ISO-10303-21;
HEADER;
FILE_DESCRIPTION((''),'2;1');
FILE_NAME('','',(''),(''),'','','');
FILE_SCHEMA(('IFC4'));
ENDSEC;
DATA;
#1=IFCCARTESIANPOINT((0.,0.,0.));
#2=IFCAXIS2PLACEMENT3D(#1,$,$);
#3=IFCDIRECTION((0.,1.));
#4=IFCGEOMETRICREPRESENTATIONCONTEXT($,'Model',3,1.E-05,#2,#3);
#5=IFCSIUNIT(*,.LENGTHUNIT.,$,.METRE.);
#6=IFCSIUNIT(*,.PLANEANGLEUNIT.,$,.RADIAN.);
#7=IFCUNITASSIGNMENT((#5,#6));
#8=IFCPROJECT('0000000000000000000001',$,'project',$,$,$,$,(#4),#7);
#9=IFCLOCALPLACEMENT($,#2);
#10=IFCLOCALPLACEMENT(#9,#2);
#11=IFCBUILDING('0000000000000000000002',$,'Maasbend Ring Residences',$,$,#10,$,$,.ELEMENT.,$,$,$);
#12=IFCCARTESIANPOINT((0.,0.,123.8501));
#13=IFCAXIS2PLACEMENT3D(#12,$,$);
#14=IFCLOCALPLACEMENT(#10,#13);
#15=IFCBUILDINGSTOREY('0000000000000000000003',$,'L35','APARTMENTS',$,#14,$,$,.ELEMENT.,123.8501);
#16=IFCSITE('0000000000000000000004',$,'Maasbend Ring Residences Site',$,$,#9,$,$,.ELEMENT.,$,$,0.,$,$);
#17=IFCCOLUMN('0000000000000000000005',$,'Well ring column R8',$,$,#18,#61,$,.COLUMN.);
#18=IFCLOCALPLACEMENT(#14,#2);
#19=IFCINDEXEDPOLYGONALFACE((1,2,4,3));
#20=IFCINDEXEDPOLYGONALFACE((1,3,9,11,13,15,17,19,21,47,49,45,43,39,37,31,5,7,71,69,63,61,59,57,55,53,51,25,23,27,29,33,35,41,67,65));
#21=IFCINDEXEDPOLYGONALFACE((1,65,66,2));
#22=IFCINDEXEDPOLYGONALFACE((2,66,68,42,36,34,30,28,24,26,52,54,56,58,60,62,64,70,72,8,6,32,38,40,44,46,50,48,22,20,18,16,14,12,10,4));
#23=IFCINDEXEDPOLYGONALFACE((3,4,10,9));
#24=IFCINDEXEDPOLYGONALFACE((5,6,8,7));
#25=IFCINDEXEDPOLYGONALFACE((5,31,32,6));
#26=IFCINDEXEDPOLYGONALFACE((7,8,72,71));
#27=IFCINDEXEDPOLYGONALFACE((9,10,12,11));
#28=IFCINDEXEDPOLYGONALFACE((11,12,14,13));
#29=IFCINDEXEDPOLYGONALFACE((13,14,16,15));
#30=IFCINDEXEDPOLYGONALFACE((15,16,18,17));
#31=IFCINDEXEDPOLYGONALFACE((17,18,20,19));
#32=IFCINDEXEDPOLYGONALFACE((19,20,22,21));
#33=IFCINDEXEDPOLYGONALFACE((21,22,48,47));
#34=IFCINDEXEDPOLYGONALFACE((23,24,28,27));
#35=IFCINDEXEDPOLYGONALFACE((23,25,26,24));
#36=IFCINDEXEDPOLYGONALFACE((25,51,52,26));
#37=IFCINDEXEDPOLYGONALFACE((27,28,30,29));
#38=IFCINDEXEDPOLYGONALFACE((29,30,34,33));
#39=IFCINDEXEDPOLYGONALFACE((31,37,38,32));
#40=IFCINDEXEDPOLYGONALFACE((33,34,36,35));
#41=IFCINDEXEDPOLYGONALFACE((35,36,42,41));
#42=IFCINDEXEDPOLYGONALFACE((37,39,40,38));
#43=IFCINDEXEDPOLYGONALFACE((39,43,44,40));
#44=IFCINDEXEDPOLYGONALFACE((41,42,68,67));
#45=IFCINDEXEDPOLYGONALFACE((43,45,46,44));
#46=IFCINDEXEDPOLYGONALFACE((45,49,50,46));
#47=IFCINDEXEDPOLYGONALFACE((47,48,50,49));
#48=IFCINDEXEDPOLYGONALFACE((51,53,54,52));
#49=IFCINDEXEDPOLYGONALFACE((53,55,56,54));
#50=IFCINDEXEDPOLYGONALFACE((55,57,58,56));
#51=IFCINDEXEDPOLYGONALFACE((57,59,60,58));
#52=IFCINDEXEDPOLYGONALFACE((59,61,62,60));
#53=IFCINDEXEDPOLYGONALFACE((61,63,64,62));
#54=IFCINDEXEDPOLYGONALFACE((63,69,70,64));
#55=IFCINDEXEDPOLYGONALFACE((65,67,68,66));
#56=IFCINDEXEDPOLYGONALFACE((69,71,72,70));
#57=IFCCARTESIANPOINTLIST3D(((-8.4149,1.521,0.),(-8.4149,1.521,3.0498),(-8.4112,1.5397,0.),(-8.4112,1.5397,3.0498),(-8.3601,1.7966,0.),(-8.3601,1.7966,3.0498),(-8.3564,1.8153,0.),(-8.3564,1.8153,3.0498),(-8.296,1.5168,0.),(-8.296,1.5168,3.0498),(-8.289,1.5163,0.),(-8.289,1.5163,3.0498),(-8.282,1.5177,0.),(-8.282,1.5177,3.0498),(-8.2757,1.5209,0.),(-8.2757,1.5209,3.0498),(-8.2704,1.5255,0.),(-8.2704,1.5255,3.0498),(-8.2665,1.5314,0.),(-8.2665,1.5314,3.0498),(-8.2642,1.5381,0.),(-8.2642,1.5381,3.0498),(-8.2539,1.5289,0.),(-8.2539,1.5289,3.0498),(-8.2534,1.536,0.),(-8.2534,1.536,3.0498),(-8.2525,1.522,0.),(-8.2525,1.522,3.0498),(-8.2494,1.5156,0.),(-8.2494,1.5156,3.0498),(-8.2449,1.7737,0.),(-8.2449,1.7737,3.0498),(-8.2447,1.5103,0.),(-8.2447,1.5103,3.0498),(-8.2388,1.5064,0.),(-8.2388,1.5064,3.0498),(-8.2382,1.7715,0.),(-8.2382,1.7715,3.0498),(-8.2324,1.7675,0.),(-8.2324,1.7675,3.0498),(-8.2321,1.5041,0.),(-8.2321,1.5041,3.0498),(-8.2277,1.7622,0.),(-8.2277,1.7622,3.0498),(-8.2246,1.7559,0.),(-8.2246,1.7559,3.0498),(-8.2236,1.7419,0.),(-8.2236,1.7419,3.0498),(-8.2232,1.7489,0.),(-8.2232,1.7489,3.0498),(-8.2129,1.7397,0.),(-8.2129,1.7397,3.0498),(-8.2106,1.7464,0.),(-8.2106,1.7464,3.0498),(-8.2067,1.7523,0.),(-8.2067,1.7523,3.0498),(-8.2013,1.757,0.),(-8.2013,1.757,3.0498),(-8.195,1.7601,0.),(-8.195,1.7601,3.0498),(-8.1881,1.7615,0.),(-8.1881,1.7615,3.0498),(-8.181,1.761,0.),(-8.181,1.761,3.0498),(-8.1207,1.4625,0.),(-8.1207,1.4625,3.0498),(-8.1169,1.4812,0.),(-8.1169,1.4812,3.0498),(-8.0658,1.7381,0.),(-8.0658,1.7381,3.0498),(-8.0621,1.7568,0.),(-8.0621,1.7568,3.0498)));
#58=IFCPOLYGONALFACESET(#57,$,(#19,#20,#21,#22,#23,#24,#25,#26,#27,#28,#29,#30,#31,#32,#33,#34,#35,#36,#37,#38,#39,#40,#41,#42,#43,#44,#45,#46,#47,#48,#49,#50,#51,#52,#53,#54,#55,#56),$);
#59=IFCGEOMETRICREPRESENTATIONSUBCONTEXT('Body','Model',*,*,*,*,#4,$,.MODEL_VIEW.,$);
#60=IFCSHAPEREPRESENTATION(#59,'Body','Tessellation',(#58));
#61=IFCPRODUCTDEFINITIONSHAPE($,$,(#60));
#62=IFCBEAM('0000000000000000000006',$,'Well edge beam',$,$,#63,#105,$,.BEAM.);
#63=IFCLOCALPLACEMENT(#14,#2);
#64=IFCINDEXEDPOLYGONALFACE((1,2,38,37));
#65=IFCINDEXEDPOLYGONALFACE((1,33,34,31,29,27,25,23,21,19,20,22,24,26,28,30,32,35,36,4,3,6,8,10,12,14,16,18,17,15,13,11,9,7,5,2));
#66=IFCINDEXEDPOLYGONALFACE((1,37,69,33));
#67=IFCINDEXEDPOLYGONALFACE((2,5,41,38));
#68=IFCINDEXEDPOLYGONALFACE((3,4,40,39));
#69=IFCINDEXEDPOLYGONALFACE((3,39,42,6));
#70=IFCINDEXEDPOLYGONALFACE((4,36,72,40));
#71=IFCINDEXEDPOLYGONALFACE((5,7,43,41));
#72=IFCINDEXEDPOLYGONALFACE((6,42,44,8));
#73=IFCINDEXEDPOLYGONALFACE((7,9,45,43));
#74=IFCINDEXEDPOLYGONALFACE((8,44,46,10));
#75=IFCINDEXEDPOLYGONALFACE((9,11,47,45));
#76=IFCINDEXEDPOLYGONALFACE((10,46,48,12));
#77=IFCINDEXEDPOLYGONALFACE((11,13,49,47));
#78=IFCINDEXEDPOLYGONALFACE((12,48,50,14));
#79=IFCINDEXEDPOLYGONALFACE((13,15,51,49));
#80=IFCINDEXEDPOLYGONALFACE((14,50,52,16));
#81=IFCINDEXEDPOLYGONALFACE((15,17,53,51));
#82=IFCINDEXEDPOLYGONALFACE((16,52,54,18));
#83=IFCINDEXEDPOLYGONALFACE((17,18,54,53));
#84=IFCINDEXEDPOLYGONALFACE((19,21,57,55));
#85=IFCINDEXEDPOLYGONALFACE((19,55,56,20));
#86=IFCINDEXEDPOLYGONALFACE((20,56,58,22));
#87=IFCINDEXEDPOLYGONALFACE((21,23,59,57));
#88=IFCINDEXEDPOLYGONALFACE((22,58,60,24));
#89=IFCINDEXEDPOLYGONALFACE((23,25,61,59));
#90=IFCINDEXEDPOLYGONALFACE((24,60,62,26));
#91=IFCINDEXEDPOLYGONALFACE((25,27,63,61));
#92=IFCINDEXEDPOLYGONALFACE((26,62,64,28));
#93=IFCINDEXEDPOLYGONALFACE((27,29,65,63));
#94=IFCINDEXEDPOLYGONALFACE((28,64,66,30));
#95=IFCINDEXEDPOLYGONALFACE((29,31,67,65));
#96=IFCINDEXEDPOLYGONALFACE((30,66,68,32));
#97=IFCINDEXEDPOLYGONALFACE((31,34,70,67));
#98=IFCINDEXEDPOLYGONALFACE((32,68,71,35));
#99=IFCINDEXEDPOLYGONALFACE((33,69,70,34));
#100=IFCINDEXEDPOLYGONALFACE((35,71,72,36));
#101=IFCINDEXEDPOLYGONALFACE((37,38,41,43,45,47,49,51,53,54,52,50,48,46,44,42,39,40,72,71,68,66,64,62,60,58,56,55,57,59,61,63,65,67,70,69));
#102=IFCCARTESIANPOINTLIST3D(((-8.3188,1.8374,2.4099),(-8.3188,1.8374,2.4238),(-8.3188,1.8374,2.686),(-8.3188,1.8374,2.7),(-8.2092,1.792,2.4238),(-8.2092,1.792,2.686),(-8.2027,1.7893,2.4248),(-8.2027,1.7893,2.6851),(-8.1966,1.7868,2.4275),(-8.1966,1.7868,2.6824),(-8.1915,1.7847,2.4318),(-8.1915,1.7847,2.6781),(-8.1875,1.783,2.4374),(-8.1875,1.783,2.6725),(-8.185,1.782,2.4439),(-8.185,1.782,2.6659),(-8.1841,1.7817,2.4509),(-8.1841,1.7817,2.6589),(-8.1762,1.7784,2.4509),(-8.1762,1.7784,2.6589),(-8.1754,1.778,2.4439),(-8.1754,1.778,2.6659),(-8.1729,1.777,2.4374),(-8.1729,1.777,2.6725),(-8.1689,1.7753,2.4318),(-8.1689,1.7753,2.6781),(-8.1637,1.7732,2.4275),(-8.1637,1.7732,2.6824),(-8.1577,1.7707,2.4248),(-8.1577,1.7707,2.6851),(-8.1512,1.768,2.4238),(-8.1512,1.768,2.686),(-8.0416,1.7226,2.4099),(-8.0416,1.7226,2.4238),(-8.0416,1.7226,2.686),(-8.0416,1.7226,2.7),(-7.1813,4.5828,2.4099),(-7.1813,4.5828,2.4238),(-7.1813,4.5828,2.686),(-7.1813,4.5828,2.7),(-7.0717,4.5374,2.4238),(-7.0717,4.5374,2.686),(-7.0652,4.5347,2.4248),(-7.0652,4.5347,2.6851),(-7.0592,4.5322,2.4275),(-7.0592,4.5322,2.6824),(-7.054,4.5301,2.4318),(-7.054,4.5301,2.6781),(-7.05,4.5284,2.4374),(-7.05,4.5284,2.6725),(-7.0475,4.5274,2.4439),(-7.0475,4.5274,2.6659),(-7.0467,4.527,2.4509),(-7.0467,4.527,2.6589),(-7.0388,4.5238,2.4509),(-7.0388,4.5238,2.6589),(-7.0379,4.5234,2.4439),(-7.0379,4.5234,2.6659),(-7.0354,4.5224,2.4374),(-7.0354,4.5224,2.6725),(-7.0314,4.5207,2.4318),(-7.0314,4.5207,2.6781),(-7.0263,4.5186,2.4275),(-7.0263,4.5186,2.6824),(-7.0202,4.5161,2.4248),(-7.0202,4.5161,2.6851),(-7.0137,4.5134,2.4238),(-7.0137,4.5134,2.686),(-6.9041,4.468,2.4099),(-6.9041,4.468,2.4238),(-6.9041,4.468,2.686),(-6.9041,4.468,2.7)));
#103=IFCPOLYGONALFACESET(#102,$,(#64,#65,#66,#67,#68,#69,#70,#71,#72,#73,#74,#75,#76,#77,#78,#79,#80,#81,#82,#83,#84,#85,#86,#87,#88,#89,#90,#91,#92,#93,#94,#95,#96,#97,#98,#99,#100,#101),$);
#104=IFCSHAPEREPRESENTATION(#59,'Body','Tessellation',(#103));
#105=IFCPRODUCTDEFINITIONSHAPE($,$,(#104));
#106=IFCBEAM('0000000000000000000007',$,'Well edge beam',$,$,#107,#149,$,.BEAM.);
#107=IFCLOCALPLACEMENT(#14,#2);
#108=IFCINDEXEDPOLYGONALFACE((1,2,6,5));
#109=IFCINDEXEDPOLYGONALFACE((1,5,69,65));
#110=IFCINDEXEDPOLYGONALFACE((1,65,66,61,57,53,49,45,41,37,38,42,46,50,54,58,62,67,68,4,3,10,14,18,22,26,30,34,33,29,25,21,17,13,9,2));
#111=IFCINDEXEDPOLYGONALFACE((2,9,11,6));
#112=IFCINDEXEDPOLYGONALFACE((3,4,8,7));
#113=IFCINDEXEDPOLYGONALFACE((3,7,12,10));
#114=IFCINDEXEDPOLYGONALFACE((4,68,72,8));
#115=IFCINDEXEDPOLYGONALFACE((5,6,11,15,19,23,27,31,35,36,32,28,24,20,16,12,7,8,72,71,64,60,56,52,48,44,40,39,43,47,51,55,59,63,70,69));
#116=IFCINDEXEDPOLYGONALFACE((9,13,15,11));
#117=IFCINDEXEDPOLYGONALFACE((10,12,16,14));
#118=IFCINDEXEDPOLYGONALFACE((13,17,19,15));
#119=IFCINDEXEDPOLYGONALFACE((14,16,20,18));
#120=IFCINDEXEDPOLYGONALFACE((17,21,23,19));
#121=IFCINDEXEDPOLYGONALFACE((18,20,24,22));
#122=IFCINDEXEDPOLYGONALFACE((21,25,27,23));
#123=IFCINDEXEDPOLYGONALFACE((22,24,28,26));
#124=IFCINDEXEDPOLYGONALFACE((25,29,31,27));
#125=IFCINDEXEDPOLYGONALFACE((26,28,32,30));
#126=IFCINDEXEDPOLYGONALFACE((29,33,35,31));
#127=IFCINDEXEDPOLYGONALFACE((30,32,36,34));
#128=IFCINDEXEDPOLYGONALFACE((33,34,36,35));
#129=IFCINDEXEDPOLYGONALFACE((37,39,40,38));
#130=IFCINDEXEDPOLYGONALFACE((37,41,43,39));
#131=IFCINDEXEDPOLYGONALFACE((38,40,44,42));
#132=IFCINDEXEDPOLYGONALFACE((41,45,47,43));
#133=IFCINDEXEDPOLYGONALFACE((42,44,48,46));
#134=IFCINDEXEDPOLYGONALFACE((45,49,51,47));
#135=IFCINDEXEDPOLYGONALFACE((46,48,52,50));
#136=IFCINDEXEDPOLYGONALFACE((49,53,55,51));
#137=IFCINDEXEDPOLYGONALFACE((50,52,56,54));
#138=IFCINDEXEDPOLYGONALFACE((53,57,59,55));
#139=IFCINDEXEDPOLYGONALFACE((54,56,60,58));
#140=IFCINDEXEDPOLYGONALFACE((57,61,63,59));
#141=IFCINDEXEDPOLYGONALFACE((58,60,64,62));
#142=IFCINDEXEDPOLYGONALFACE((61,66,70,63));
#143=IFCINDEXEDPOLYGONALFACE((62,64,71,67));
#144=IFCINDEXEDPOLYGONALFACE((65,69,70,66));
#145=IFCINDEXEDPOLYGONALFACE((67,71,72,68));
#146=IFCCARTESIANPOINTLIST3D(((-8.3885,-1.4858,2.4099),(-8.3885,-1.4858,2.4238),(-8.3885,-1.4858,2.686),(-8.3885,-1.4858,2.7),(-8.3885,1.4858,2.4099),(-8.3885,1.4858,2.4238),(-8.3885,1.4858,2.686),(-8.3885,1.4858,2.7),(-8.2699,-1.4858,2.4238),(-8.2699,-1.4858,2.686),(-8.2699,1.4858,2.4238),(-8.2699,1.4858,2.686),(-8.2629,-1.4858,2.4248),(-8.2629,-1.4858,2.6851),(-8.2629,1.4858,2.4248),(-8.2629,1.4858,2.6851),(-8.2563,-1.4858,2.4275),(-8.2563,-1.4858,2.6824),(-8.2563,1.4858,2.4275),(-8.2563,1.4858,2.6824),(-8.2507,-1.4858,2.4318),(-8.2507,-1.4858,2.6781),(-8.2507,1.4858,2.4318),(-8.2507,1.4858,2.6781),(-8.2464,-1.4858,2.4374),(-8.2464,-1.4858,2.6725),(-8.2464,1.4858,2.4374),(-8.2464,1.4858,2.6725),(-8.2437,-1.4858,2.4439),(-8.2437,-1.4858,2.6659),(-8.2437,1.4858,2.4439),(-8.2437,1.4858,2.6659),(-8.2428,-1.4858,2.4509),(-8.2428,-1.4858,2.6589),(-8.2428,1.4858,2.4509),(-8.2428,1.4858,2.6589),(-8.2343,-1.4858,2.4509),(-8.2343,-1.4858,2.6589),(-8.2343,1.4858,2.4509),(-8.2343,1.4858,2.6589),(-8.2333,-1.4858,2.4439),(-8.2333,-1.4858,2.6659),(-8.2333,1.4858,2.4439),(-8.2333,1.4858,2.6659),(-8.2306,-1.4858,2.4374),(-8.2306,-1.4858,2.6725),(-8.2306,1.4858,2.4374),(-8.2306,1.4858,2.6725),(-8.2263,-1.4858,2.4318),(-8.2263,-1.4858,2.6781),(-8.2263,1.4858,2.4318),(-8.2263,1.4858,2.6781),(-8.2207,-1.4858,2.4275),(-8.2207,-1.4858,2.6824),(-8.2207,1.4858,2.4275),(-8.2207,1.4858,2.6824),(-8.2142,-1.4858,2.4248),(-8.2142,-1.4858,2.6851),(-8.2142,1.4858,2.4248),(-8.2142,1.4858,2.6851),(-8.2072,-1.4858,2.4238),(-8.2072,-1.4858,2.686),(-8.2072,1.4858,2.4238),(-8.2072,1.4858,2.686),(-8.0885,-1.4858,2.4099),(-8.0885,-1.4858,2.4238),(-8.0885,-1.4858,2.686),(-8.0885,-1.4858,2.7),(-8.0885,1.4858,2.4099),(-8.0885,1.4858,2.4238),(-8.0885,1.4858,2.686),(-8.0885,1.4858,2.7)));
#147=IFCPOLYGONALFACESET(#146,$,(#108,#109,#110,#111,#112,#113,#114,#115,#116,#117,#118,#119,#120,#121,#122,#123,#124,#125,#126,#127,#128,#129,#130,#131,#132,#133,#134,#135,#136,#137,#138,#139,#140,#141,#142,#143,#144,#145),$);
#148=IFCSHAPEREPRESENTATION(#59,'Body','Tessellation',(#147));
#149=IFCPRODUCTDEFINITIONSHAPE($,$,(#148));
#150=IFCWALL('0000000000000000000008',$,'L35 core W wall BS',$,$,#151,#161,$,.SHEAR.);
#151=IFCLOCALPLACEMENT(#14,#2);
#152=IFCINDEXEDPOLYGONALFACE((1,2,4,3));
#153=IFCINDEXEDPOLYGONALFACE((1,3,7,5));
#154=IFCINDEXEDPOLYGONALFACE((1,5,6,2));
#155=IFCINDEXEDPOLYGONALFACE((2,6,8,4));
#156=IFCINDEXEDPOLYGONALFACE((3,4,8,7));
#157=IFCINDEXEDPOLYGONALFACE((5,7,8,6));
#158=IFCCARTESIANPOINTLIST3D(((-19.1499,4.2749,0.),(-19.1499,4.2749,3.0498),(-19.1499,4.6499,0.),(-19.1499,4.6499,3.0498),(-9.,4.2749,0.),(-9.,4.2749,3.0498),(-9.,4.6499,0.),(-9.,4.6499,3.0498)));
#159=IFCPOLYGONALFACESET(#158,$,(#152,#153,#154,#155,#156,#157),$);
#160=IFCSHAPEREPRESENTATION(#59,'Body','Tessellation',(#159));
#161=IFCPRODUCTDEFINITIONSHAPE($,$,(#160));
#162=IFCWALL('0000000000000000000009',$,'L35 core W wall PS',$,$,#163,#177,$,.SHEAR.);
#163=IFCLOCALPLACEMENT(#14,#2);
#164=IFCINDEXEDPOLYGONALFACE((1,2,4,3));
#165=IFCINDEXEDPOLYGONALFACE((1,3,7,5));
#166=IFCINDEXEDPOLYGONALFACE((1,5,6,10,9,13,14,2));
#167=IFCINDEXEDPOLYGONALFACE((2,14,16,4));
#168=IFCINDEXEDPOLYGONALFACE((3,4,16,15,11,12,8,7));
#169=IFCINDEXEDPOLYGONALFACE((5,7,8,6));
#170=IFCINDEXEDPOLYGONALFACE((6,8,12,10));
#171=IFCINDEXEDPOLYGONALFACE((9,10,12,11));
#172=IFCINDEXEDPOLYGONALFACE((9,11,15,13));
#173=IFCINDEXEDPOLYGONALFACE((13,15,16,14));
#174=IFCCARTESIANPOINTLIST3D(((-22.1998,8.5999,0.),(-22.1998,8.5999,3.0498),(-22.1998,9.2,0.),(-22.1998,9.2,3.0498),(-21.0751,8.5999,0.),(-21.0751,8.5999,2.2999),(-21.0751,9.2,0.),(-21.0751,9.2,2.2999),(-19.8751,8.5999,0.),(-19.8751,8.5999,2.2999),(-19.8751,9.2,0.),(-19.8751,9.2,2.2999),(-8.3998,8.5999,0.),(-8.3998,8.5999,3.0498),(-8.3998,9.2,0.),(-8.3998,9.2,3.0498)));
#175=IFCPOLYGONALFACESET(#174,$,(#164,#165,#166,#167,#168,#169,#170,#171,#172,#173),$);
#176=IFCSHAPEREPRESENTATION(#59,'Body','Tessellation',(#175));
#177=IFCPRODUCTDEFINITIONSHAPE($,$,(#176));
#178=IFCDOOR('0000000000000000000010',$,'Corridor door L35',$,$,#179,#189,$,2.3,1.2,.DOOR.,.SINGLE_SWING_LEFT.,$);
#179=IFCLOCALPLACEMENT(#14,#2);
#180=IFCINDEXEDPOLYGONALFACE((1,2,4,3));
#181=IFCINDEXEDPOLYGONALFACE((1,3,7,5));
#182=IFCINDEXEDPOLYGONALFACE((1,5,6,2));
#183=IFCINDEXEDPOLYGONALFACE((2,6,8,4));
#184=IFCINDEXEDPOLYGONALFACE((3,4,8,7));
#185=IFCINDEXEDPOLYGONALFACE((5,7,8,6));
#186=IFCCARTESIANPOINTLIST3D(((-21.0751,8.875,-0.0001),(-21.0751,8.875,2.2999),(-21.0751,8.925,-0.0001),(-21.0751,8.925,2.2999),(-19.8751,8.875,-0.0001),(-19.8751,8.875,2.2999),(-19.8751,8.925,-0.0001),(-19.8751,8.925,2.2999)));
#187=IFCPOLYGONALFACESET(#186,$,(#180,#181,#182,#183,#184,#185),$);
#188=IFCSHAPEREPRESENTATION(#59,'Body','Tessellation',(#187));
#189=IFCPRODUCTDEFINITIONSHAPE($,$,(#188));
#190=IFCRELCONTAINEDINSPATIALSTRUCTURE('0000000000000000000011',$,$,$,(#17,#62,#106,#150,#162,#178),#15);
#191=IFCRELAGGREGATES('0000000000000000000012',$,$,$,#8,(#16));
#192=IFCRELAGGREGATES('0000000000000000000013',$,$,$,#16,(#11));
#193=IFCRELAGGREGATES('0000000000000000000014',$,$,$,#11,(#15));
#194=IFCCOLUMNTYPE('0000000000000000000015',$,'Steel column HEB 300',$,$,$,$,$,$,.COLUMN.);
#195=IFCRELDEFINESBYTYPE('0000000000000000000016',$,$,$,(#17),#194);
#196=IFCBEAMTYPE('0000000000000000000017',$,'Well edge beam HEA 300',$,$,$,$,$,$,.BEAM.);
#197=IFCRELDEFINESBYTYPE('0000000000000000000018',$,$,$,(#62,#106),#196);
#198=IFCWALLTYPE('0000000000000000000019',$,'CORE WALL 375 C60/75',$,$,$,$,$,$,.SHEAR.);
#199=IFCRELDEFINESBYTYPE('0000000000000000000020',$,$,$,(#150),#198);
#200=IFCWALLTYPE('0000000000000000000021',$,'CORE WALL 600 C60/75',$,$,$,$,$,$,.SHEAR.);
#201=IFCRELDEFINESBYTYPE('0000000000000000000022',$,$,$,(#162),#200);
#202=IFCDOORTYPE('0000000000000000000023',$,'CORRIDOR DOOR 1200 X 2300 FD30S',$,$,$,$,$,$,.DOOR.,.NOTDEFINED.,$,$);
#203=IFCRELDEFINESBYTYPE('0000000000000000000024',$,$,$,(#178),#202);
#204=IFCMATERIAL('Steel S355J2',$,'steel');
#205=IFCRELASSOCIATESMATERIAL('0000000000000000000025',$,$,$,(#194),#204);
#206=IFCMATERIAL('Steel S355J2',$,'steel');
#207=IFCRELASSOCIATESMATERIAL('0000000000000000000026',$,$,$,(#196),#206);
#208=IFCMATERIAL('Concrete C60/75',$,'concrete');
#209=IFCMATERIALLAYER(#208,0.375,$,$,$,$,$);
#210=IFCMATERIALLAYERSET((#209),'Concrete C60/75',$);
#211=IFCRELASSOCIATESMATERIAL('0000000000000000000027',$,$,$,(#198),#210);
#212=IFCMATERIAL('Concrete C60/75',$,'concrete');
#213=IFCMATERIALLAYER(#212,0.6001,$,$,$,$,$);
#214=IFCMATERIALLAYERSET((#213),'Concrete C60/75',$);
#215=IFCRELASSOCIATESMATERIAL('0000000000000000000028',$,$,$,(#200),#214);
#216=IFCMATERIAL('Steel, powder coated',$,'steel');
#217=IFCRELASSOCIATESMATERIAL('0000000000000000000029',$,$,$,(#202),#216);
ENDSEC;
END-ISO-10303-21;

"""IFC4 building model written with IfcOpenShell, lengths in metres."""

from ifc_helpers import new_model, si_unit, direction, frame, frame_2d, origin, origin_2d, place, context, subcontext, project, spatial, rectangle, i_section, extrude, material, layer, layer_set, material_profile, profile_set, type_object, element, fill, save


model = new_model("IFC4")

# Units and contexts
model_context = context("Model", 3, precision=1e-05, world=origin(), true_north=direction((0.0, 1.0)))
body_context = subcontext(model_context, "Body", "Model", "MODEL_VIEW")
ifc_project = project(units=[si_unit("LENGTHUNIT", "METRE"), si_unit("PLANEANGLEUNIT", "RADIAN")], contexts=[model_context])

# Site, building, storey
site_placement = place(None, origin())
site = spatial("IfcSite", under=ifc_project, at=site_placement, Name="Maasbend Ring Residences Site", CompositionType="ELEMENT", RefElevation=0.0)
building_placement = place(site_placement, origin())
building = spatial("IfcBuilding", under=site, at=building_placement, Name="Maasbend Ring Residences", CompositionType="ELEMENT")
storey_placement = place(building_placement, frame((0.0, 0.0, 123.8501)))
storey = spatial("IfcBuildingStorey", under=building, at=storey_placement, Name="L35", Description="APARTMENTS", CompositionType="ELEMENT", Elevation=123.8501)

# Column
ifc_material_1 = material(Name="Steel S355J2", Category="steel")
ifc_material_profile_1 = material_profile(ifc_material_1, i_section(OverallWidth=0.3, OverallDepth=0.3, WebThickness=0.011, FlangeThickness=0.019, FilletRadius=0.0271, at=origin_2d()), Name="HEB 300")
ifc_profile_set_1 = profile_set([ifc_material_profile_1], Name="Steel S355J2")
column_type = type_object("IfcColumnType", Name="Steel column HEB 300", PredefinedType="COLUMN", material=ifc_profile_set_1)
column_placement = place(storey_placement, frame((-8.2385, 1.6389, 0.0), z_axis=(0.0, 0.0, 1.0), x_axis=(-0.980785, 0.19509, 0.0)))
element("IfcColumn", 1, at=column_placement, inside=storey, type_object=column_type, Name="Well ring column R8", PredefinedType="COLUMN", context=body_context, shape_type="SweptSolid", body=[
    extrude(i_section(OverallWidth=0.3, OverallDepth=0.3, WebThickness=0.011, FlangeThickness=0.019, FilletRadius=0.0271, at=origin_2d()), origin(), (0.0, 0.0, 1.0), 3.0498),
])

# Beams
ifc_material_2 = material(Name="Steel S355J2", Category="steel")
ifc_material_profile_2 = material_profile(ifc_material_2, i_section(OverallWidth=0.3, OverallDepth=0.29, WebThickness=0.0085, FlangeThickness=0.0139, FilletRadius=0.0271, at=origin_2d()), Name="HEA 300")
ifc_profile_set_2 = profile_set([ifc_material_profile_2], Name="Steel S355J2")
beam_type = type_object("IfcBeamType", Name="Well edge beam HEA 300", PredefinedType="BEAM", material=ifc_profile_set_2)
for number, where, z_axis, x_axis, name in (
    (2, (-7.0427, 4.5254, 2.5549), (-0.382765, -0.923846, 0.0), (0.923846, -0.382765, 0.0), "Well edge beam"),
    (3, (-8.2385, 1.4858, 2.5549), (0.0, -1.0, 0.0), (1.0, 0.0, 0.0), "Well edge beam"),
):
    element("IfcBeam", number, at=place(storey_placement, frame(where, z_axis=z_axis, x_axis=x_axis)), inside=storey, type_object=beam_type, Name=name, PredefinedType="BEAM", context=body_context, shape_type="SweptSolid", body=[
        extrude(i_section(OverallWidth=0.3, OverallDepth=0.29, WebThickness=0.0085, FlangeThickness=0.0139, FilletRadius=0.0271, at=origin_2d()), origin(), (0.0, 0.0, 1.0), 2.9717),
    ])

# Wall
ifc_material_3 = material(Name="Concrete C60/75", Category="concrete")
ifc_layer_1 = layer(ifc_material_3, 0.375)
ifc_layer_set_1 = layer_set([ifc_layer_1], Name="Concrete C60/75")
wall_type_1 = type_object("IfcWallType", Name="CORE WALL 375 C60/75", PredefinedType="SHEAR", material=ifc_layer_set_1)
wall_1_placement = place(storey_placement, frame((-9.0, 4.4624, 0.0), z_axis=(0.0, 0.0, 1.0), x_axis=(-1.0, 0.0, 0.0)))
element("IfcWall", 4, at=wall_1_placement, inside=storey, type_object=wall_type_1, Name="L35 core W wall BS", PredefinedType="SHEAR", context=body_context, shape_type="SweptSolid", body=[
    extrude(rectangle(XDim=10.1499, YDim=0.375, at=frame_2d((5.075, 0.0))), origin(), (0.0, 0.0, 1.0), 3.0498),
])

# Wall, opening, door
ifc_material_4 = material(Name="Concrete C60/75", Category="concrete")
ifc_layer_2 = layer(ifc_material_4, 0.6001)
ifc_layer_set_2 = layer_set([ifc_layer_2], Name="Concrete C60/75")
wall_type_2 = type_object("IfcWallType", Name="CORE WALL 600 C60/75", PredefinedType="SHEAR", material=ifc_layer_set_2)
wall_2_placement = place(storey_placement, frame((-8.3999, 8.8999, 0.0), z_axis=(0.0, 0.0, 1.0), x_axis=(-1.0, 0.0, 0.0)))
wall_2 = element("IfcWall", 5, at=wall_2_placement, inside=storey, type_object=wall_type_2, Name="L35 core W wall PS", PredefinedType="SHEAR", context=body_context, shape_type="SweptSolid", body=[
    extrude(rectangle(XDim=13.8, YDim=0.6001, at=frame_2d((6.8999, 0.0))), origin(), (0.0, 0.0, 1.0), 3.0498),
])
opening_1_placement = place(wall_2_placement, frame((11.4751, 0.0, 0.0)))
opening_1 = element("IfcOpeningElement", 6, at=opening_1_placement, cuts=wall_2, PredefinedType="OPENING", context=body_context, shape_type="SweptSolid", body=[
    extrude(rectangle(XDim=1.2, YDim=2.3, at=frame_2d((0.6001, 1.1499))), frame((0.0, 0.3101, 0.0), z_axis=(0.0, -1.0, 0.0), x_axis=(1.0, 0.0, 0.0)), (0.0, 0.0, 1.0), 0.6201),
])
ifc_material_5 = material(Name="Steel, powder coated", Category="steel")
door_type_1 = type_object("IfcDoorType", Name="CORRIDOR DOOR 1200 X 2300 FD30S", OperationType="NOTDEFINED", PredefinedType="DOOR", material=ifc_material_5)
door_1_placement = place(opening_1_placement, origin())
door_1 = element("IfcDoor", 7, at=door_1_placement, inside=storey, type_object=door_type_1, Name="Corridor door L35", OperationType="SINGLE_SWING_LEFT", OverallHeight=2.3, OverallWidth=1.2, PredefinedType="DOOR", context=body_context, shape_type="SweptSolid", body=[
    extrude(rectangle(XDim=1.2, YDim=2.3, at=frame_2d((0.6001, 1.1499))), frame((0.0, 0.0249, 0.0), z_axis=(0.0, -1.0, 0.0), x_axis=(1.0, 0.0, 0.0)), (0.0, 0.0, 1.0), 0.05),
])
fill(opening_1, door_1)

save(model, "model.ifc")
